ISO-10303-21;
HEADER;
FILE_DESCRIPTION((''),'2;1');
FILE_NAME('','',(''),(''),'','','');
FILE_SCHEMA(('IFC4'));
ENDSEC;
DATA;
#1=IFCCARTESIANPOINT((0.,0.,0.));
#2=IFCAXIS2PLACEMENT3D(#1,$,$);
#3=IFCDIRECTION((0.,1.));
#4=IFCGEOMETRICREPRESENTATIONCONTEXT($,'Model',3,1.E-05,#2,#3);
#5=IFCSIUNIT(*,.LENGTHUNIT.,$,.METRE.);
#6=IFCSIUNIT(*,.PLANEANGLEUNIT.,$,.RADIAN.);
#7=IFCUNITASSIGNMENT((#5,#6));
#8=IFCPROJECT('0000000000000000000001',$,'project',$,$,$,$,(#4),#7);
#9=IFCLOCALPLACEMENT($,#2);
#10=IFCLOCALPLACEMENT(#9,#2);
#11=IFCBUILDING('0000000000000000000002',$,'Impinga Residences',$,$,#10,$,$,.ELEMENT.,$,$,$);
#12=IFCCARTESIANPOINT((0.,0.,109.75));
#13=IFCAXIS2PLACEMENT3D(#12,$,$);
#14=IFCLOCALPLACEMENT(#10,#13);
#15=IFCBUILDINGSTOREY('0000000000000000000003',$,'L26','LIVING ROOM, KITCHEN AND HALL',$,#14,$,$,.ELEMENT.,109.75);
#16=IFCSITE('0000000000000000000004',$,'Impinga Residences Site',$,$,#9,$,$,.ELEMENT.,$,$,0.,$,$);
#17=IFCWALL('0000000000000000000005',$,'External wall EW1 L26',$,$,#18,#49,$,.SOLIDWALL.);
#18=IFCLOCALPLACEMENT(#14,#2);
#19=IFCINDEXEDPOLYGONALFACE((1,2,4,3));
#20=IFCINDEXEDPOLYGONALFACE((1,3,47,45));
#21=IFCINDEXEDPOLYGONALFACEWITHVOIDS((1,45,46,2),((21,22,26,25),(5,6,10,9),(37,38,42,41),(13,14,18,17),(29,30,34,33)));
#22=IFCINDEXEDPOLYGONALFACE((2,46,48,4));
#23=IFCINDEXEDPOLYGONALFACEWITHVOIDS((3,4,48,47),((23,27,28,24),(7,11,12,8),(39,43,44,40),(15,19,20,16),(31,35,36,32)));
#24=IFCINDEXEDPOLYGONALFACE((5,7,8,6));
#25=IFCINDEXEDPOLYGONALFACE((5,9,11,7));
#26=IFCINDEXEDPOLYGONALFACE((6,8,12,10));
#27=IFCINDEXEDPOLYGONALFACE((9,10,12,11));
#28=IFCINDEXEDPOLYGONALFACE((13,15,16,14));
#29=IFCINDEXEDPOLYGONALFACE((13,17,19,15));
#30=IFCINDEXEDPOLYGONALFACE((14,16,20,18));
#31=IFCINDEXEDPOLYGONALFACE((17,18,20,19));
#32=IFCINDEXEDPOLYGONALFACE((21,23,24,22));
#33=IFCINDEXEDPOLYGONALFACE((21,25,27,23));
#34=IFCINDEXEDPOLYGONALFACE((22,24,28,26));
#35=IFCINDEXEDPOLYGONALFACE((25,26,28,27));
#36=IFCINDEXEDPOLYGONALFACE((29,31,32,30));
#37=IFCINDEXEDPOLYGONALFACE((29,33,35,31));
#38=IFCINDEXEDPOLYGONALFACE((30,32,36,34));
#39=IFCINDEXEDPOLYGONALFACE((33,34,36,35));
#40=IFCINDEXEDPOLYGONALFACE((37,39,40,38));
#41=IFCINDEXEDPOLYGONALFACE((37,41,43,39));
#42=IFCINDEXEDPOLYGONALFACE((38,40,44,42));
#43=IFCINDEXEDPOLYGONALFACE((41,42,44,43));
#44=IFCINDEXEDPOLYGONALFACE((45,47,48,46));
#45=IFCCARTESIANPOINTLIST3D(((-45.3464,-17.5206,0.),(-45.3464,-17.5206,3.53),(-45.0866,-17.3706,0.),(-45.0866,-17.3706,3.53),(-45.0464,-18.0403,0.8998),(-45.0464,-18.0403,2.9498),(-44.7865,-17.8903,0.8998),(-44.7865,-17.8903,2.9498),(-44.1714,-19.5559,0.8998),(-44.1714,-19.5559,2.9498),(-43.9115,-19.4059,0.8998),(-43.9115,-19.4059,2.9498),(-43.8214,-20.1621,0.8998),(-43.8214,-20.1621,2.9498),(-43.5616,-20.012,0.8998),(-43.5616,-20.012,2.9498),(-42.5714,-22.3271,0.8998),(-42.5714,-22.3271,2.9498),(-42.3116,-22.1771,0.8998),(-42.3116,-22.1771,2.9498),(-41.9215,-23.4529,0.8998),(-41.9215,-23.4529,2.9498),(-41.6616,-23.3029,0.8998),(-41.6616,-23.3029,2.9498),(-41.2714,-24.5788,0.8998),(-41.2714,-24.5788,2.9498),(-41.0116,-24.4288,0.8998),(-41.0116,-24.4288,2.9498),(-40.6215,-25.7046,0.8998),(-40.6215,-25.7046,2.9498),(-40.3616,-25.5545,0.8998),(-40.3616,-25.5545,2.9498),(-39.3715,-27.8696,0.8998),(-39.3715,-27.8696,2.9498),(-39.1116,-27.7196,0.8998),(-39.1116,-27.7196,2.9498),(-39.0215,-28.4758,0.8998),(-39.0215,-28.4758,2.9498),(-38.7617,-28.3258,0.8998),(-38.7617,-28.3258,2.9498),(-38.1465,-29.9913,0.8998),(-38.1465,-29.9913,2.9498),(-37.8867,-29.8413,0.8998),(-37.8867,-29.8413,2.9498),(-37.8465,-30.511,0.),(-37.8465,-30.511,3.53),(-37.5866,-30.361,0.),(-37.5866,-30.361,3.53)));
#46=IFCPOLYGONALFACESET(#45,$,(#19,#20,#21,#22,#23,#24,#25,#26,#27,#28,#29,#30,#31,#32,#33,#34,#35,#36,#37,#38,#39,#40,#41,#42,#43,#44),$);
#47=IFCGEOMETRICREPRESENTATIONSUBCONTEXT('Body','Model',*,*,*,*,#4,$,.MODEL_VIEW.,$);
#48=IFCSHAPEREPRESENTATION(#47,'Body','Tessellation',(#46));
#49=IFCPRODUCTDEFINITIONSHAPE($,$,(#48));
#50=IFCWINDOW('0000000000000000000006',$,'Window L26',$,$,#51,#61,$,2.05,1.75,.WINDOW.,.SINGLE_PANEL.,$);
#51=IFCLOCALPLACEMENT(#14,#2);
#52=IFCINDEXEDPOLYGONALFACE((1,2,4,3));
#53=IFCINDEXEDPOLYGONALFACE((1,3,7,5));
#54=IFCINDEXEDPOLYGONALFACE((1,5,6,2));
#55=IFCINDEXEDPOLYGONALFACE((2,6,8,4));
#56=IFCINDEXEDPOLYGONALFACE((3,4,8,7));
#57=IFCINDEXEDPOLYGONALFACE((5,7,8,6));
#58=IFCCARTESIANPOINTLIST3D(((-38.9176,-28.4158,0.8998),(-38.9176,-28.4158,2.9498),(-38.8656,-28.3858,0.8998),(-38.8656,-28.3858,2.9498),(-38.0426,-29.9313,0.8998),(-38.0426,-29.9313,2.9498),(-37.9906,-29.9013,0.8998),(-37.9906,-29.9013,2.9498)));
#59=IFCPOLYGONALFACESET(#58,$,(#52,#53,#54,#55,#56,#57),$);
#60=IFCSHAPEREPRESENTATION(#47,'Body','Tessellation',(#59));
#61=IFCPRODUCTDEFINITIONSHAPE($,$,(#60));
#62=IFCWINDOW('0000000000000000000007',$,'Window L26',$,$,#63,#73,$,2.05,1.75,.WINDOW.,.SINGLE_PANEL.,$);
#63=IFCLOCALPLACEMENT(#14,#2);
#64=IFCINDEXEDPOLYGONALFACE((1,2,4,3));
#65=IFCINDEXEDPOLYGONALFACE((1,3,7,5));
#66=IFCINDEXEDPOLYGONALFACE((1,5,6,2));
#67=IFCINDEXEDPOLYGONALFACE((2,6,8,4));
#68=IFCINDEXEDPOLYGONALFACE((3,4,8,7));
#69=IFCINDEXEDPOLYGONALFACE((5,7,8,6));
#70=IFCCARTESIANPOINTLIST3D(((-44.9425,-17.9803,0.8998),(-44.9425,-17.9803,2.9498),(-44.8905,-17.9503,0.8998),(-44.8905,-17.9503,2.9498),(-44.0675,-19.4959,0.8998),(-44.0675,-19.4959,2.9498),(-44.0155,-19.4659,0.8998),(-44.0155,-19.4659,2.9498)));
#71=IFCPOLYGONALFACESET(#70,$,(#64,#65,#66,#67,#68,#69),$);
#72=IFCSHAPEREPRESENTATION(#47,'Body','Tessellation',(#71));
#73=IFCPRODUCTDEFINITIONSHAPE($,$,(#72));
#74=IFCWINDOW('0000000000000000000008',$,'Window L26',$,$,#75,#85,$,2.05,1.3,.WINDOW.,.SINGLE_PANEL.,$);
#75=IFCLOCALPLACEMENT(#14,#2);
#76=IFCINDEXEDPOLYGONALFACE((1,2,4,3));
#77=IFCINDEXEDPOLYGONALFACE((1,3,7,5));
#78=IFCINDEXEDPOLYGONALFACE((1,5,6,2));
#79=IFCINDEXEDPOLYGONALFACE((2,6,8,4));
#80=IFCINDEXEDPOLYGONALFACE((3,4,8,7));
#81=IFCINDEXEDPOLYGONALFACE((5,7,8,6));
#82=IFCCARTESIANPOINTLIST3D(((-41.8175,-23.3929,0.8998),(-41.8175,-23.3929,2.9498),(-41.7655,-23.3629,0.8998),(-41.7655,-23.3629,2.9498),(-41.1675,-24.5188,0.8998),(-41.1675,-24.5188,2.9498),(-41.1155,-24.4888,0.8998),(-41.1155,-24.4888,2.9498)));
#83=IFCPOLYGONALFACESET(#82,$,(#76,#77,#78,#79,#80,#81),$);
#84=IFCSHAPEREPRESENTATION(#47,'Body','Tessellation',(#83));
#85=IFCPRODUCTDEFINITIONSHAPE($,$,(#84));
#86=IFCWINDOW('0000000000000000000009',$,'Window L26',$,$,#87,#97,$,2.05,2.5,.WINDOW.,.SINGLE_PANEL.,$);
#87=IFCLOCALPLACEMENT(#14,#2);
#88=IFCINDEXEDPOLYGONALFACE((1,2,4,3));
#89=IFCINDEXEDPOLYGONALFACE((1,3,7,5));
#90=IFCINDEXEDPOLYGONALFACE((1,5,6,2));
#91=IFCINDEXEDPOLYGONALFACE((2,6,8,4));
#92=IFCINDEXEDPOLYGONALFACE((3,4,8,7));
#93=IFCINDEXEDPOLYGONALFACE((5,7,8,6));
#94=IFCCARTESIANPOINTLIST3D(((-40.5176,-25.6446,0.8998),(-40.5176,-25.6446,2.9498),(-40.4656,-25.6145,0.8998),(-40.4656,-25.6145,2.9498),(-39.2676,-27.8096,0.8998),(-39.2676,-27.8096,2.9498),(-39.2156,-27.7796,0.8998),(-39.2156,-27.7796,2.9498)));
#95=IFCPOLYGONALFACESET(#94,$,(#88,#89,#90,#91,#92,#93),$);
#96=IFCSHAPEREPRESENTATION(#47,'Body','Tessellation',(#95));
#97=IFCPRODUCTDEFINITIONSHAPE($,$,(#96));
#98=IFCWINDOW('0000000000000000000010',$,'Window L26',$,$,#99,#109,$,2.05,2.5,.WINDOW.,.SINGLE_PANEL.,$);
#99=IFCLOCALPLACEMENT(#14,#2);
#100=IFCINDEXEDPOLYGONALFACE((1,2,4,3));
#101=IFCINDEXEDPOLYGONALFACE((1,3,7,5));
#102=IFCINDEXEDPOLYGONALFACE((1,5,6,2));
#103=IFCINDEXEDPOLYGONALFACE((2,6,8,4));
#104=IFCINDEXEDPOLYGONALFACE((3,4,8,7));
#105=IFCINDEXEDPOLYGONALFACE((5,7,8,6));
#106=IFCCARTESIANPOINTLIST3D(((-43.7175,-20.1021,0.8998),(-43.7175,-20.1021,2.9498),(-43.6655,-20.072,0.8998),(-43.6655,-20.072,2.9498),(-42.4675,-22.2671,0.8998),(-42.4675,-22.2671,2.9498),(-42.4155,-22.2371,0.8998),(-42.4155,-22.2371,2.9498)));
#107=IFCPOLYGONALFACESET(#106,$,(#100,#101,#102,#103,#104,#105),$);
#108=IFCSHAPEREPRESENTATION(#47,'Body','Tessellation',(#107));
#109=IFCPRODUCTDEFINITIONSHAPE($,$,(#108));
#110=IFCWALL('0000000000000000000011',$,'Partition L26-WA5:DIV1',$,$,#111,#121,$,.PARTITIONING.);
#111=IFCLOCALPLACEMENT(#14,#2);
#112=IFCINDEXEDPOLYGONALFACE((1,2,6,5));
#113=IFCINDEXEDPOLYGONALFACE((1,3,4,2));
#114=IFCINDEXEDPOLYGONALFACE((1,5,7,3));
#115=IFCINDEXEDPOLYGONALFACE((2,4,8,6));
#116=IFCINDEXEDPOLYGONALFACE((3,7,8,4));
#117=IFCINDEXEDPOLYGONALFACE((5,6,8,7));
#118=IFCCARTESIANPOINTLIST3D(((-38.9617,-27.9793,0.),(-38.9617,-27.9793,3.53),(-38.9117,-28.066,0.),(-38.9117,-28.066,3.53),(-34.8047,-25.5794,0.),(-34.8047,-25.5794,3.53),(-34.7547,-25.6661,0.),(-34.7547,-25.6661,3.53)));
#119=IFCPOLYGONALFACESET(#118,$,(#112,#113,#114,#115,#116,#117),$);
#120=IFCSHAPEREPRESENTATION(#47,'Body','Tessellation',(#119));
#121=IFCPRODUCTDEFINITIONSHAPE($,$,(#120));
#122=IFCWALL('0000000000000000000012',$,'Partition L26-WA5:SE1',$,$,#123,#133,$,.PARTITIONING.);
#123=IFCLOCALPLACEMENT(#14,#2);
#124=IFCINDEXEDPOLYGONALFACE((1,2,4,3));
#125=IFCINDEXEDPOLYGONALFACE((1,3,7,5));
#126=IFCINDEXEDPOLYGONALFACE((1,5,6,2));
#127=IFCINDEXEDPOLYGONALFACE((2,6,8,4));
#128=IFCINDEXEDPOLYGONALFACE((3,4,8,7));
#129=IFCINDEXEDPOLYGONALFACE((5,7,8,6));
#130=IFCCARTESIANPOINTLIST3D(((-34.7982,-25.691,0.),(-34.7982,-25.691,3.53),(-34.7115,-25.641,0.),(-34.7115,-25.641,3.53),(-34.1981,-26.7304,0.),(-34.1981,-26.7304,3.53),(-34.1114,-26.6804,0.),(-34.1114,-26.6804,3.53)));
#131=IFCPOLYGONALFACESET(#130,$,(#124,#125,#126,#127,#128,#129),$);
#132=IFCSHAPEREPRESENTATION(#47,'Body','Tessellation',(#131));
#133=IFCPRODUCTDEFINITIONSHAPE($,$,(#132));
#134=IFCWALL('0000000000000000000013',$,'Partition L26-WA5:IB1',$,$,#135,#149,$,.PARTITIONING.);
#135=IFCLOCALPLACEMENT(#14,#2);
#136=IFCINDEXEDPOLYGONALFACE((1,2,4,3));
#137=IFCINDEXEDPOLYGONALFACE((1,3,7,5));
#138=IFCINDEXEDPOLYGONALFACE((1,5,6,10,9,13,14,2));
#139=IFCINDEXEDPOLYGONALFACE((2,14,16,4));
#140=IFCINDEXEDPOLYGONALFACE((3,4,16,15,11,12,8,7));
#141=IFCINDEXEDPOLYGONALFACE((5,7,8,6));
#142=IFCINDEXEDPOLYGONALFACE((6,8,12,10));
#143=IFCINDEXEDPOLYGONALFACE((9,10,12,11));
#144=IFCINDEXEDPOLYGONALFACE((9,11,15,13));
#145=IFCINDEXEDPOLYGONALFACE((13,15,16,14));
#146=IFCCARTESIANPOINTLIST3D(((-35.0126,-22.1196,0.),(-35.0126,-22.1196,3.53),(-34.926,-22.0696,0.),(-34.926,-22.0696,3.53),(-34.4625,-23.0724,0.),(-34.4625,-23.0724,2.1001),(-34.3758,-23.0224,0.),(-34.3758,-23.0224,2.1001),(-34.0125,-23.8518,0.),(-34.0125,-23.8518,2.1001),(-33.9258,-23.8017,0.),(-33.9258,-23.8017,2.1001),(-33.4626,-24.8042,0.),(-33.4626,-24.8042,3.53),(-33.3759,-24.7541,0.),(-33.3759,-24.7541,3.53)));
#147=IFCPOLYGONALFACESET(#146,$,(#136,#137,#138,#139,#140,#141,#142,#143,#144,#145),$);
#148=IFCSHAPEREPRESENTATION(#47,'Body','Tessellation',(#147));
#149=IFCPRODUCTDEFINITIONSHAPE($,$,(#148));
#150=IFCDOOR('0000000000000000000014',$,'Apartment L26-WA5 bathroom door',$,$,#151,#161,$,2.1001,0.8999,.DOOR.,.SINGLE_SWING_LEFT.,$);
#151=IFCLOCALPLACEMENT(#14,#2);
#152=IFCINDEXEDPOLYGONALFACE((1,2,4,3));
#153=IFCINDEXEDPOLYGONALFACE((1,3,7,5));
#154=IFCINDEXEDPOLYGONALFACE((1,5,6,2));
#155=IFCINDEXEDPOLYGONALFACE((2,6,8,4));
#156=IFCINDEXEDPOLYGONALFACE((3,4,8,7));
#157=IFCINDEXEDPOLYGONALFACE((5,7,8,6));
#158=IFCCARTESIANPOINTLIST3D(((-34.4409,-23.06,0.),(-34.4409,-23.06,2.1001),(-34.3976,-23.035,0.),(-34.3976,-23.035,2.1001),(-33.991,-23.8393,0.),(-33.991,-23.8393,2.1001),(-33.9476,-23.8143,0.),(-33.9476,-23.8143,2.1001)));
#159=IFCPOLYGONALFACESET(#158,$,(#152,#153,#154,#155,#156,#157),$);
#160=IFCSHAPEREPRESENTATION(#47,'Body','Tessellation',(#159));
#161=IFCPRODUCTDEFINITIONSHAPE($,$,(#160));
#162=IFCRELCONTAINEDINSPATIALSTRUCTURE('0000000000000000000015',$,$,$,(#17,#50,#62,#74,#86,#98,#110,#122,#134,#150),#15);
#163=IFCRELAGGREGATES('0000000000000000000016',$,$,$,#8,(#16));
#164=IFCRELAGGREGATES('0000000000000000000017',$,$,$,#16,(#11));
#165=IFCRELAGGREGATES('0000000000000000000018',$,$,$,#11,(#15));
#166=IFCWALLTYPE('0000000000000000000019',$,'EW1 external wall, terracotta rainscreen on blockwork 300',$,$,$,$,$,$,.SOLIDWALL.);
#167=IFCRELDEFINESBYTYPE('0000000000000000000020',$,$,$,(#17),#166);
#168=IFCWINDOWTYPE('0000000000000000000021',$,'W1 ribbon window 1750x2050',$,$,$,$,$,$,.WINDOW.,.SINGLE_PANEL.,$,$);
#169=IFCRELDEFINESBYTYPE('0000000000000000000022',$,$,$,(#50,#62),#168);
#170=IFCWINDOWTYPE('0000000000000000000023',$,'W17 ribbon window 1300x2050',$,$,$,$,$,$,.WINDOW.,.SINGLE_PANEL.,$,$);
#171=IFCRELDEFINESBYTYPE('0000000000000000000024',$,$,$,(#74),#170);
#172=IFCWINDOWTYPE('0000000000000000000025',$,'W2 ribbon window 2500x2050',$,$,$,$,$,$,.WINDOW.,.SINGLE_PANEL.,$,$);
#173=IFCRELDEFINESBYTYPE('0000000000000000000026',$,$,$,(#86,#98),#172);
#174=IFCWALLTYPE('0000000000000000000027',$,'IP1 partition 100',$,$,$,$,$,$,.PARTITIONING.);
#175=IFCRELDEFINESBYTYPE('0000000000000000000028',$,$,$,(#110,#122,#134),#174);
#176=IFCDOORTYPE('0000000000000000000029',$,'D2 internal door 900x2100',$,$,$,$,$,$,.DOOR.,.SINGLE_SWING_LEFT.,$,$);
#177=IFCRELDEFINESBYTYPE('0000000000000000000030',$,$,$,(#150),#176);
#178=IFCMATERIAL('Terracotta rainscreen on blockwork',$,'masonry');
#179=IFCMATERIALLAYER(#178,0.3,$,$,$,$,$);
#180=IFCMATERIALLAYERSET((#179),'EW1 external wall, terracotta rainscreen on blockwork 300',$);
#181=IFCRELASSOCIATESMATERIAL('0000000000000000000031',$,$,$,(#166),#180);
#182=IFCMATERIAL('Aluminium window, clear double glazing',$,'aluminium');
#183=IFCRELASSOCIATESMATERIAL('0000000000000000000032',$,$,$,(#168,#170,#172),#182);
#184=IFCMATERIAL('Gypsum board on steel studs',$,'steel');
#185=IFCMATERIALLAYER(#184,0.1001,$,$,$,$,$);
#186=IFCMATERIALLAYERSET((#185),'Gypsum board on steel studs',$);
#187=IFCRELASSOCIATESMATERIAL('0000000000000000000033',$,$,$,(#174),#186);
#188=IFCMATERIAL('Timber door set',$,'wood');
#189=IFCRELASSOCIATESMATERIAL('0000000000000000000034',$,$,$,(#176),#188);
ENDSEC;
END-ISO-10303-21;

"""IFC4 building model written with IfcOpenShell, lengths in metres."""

from ifc_helpers import new_model, si_unit, direction, frame, frame_2d, origin, place, context, subcontext, project, spatial, rectangle, extrude, material, layer, layer_set, type_object, element, fill, save


model = new_model("IFC4")

# Units and contexts
model_context = context("Model", 3, precision=1e-05, world=origin(), true_north=direction((0.0, 1.0)))
body_context = subcontext(model_context, "Body", "Model", "MODEL_VIEW")
ifc_project = project(units=[si_unit("LENGTHUNIT", "METRE"), si_unit("PLANEANGLEUNIT", "RADIAN")], contexts=[model_context])

# Site, building, storey
site_placement = place(None, origin())
site = spatial("IfcSite", under=ifc_project, at=site_placement, Name="Impinga Residences Site", CompositionType="ELEMENT", RefElevation=0.0)
building_placement = place(site_placement, origin())
building = spatial("IfcBuilding", under=site, at=building_placement, Name="Impinga Residences", CompositionType="ELEMENT")
storey_placement = place(building_placement, frame((0.0, 0.0, 109.75)))
storey = spatial("IfcBuildingStorey", under=building, at=storey_placement, Name="L26", Description="LIVING ROOM, KITCHEN AND HALL", CompositionType="ELEMENT", Elevation=109.75)

# Shared definitions
ifc_material_1 = material(Name="Terracotta rainscreen on blockwork", Category="masonry")
ifc_layer_1 = layer(ifc_material_1, 0.3)
ifc_layer_set_1 = layer_set([ifc_layer_1], Name="EW1 external wall, terracotta rainscreen on blockwork 300")
wall_type_1 = type_object("IfcWallType", Name="EW1 external wall, terracotta rainscreen on blockwork 300", PredefinedType="SOLIDWALL", material=ifc_layer_set_1)

# Wall, openings, windows
wall_1_placement = place(storey_placement, frame((-37.7166, -30.436, 0.0), z_axis=(0.0, 0.0, 1.0), x_axis=(-0.499997, 0.866027, 0.0)))
wall_1 = element("IfcWall", 1, at=wall_1_placement, inside=storey, type_object=wall_type_1, Name="External wall EW1 L26", PredefinedType="SOLIDWALL", context=body_context, shape_type="SweptSolid", body=[
    extrude(rectangle(XDim=15.0, YDim=0.3, at=frame_2d((7.5, 0.0))), origin(), (0.0, 0.0, 1.0), 3.53),
])
opening_1_placement = place(wall_1_placement, frame((0.6001, 0.0, 0.8999)))
opening_1 = element("IfcOpeningElement", 2, at=opening_1_placement, cuts=wall_1, PredefinedType="OPENING", context=body_context, shape_type="SweptSolid", body=[
    extrude(rectangle(XDim=1.75, YDim=2.05, at=frame_2d((0.875, 1.0249))), frame((0.0, 0.1599, 0.0), z_axis=(0.0, -1.0, 0.0), x_axis=(1.0, 0.0, 0.0)), (0.0, 0.0, 1.0), 0.3201),
])
opening_2_placement = place(wall_1_placement, frame((3.05, 0.0, 0.8999)))
opening_2 = element("IfcOpeningElement", 3, at=opening_2_placement, cuts=wall_1, PredefinedType="OPENING", context=body_context, shape_type="SweptSolid", body=[
    extrude(rectangle(XDim=2.5, YDim=2.05, at=frame_2d((1.25, 1.0249))), frame((0.0, 0.1599, 0.0), z_axis=(0.0, -1.0, 0.0), x_axis=(1.0, 0.0, 0.0)), (0.0, 0.0, 1.0), 0.3201),
])
opening_3_placement = place(wall_1_placement, frame((6.8501, 0.0, 0.8999)))
opening_3 = element("IfcOpeningElement", 4, at=opening_3_placement, cuts=wall_1, PredefinedType="OPENING", context=body_context, shape_type="SweptSolid", body=[
    extrude(rectangle(XDim=1.3, YDim=2.05, at=frame_2d((0.6499, 1.0249))), frame((0.0, 0.1599, 0.0), z_axis=(0.0, -1.0, 0.0), x_axis=(1.0, 0.0, 0.0)), (0.0, 0.0, 1.0), 0.3201),
])
opening_4_placement = place(wall_1_placement, frame((9.45, 0.0, 0.8999)))
opening_4 = element("IfcOpeningElement", 5, at=opening_4_placement, cuts=wall_1, PredefinedType="OPENING", context=body_context, shape_type="SweptSolid", body=[
    extrude(rectangle(XDim=2.5, YDim=2.05, at=frame_2d((1.25, 1.0249))), frame((0.0, 0.1599, 0.0), z_axis=(0.0, -1.0, 0.0), x_axis=(1.0, 0.0, 0.0)), (0.0, 0.0, 1.0), 0.3201),
])
opening_5_placement = place(wall_1_placement, frame((12.6499, 0.0, 0.8999)))
opening_5 = element("IfcOpeningElement", 6, at=opening_5_placement, cuts=wall_1, PredefinedType="OPENING", context=body_context, shape_type="SweptSolid", body=[
    extrude(rectangle(XDim=1.75, YDim=2.05, at=frame_2d((0.875, 1.0249))), frame((0.0, 0.1599, 0.0), z_axis=(0.0, -1.0, 0.0), x_axis=(1.0, 0.0, 0.0)), (0.0, 0.0, 1.0), 0.3201),
])
ifc_material_2 = material(Name="Aluminium window, clear double glazing", Category="aluminium")
window_type_1 = type_object("IfcWindowType", Name="W1 ribbon window 1750x2050", PartitioningType="SINGLE_PANEL", PredefinedType="WINDOW", material=ifc_material_2)
window_1_placement = place(opening_1_placement, origin())
window_1 = element("IfcWindow", 7, at=window_1_placement, inside=storey, type_object=window_type_1, Name="Window L26", OverallHeight=2.05, OverallWidth=1.75, PartitioningType="SINGLE_PANEL", PredefinedType="WINDOW", context=body_context, shape_type="SweptSolid", body=[
    extrude(rectangle(XDim=1.75, YDim=2.05, at=frame_2d((0.875, 1.0249))), frame((0.0, 0.03, 0.0), z_axis=(0.0, -1.0, 0.0), x_axis=(1.0, 0.0, 0.0)), (0.0, 0.0, 1.0), 0.0601),
])
fill(opening_1, window_1)
window_2_placement = place(opening_5_placement, origin())
window_2 = element("IfcWindow", 8, at=window_2_placement, inside=storey, type_object=window_type_1, Name="Window L26", OverallHeight=2.05, OverallWidth=1.75, PartitioningType="SINGLE_PANEL", PredefinedType="WINDOW", context=body_context, shape_type="SweptSolid", body=[
    extrude(rectangle(XDim=1.75, YDim=2.05, at=frame_2d((0.875, 1.0249))), frame((0.0, 0.03, 0.0), z_axis=(0.0, -1.0, 0.0), x_axis=(1.0, 0.0, 0.0)), (0.0, 0.0, 1.0), 0.0601),
])
fill(opening_5, window_2)
window_type_2 = type_object("IfcWindowType", Name="W17 ribbon window 1300x2050", PartitioningType="SINGLE_PANEL", PredefinedType="WINDOW", material=ifc_material_2)
window_3_placement = place(opening_3_placement, origin())
window_3 = element("IfcWindow", 9, at=window_3_placement, inside=storey, type_object=window_type_2, Name="Window L26", OverallHeight=2.05, OverallWidth=1.3, PartitioningType="SINGLE_PANEL", PredefinedType="WINDOW", context=body_context, shape_type="SweptSolid", body=[
    extrude(rectangle(XDim=1.3, YDim=2.05, at=frame_2d((0.6499, 1.0249))), frame((0.0, 0.03, 0.0), z_axis=(0.0, -1.0, 0.0), x_axis=(1.0, 0.0, 0.0)), (0.0, 0.0, 1.0), 0.0601),
])
fill(opening_3, window_3)
window_type_3 = type_object("IfcWindowType", Name="W2 ribbon window 2500x2050", PartitioningType="SINGLE_PANEL", PredefinedType="WINDOW", material=ifc_material_2)
window_4_placement = place(opening_2_placement, origin())
window_4 = element("IfcWindow", 10, at=window_4_placement, inside=storey, type_object=window_type_3, Name="Window L26", OverallHeight=2.05, OverallWidth=2.5, PartitioningType="SINGLE_PANEL", PredefinedType="WINDOW", context=body_context, shape_type="SweptSolid", body=[
    extrude(rectangle(XDim=2.5, YDim=2.05, at=frame_2d((1.25, 1.0249))), frame((0.0, 0.03, 0.0), z_axis=(0.0, -1.0, 0.0), x_axis=(1.0, 0.0, 0.0)), (0.0, 0.0, 1.0), 0.0601),
])
fill(opening_2, window_4)
window_5_placement = place(opening_4_placement, origin())
window_5 = element("IfcWindow", 11, at=window_5_placement, inside=storey, type_object=window_type_3, Name="Window L26", OverallHeight=2.05, OverallWidth=2.5, PartitioningType="SINGLE_PANEL", PredefinedType="WINDOW", context=body_context, shape_type="SweptSolid", body=[
    extrude(rectangle(XDim=2.5, YDim=2.05, at=frame_2d((1.25, 1.0249))), frame((0.0, 0.03, 0.0), z_axis=(0.0, -1.0, 0.0), x_axis=(1.0, 0.0, 0.0)), (0.0, 0.0, 1.0), 0.0601),
])
fill(opening_4, window_5)

# Walls
ifc_material_3 = material(Name="Gypsum board on steel studs", Category="steel")
ifc_layer_2 = layer(ifc_material_3, 0.1001)
ifc_layer_set_2 = layer_set([ifc_layer_2], Name="Gypsum board on steel studs")
wall_type_2 = type_object("IfcWallType", Name="IP1 partition 100", PredefinedType="PARTITIONING", material=ifc_layer_set_2)
wall_2_placement = place(storey_placement, frame((-34.7798, -25.6228, 0.0), z_axis=(0.0, 0.0, 1.0), x_axis=(-0.866037, -0.499979, 0.0)))
element("IfcWall", 12, at=wall_2_placement, inside=storey, type_object=wall_type_2, Name="Partition L26-WA5:DIV1", PredefinedType="PARTITIONING", context=body_context, shape_type="SweptSolid", body=[
    extrude(rectangle(XDim=4.8, YDim=0.1001, at=frame_2d((2.3999, 0.0))), origin(), (0.0, 0.0, 1.0), 3.53),
])
wall_3_placement = place(storey_placement, frame((-34.7549, -25.666, 0.0), z_axis=(0.0, 0.0, 1.0), x_axis=(0.500034, -0.866006, 0.0)))
element("IfcWall", 13, at=wall_3_placement, inside=storey, type_object=wall_type_2, Name="Partition L26-WA5:SE1", PredefinedType="PARTITIONING", context=body_context, shape_type="SweptSolid", body=[
    extrude(rectangle(XDim=1.2002, YDim=0.1001, at=frame_2d((0.6001, 0.0))), origin(), (0.0, 0.0, 1.0), 3.53),
])

# Wall, opening, door
wall_4_placement = place(storey_placement, frame((-34.9692, -22.0947, 0.0), z_axis=(0.0, 0.0, 1.0), x_axis=(0.500027, -0.86601, 0.0)))
wall_4 = element("IfcWall", 14, at=wall_4_placement, inside=storey, type_object=wall_type_2, Name="Partition L26-WA5:IB1", PredefinedType="PARTITIONING", context=body_context, shape_type="SweptSolid", body=[
    extrude(rectangle(XDim=3.0999, YDim=0.1001, at=frame_2d((1.5498, 0.0))), origin(), (0.0, 0.0, 1.0), 3.53),
])
opening_6_placement = place(wall_4_placement, frame((1.1001, 0.0, 0.0)))
opening_6 = element("IfcOpeningElement", 15, at=opening_6_placement, cuts=wall_4, PredefinedType="OPENING", context=body_context, shape_type="SweptSolid", body=[
    extrude(rectangle(XDim=0.8999, YDim=2.1001, at=frame_2d((0.45, 1.05))), frame((0.0, 0.0601, 0.0), z_axis=(0.0, -1.0, 0.0), x_axis=(1.0, 0.0, 0.0)), (0.0, 0.0, 1.0), 0.1201),
])
ifc_material_4 = material(Name="Timber door set", Category="wood")
door_type = type_object("IfcDoorType", Name="D2 internal door 900x2100", OperationType="SINGLE_SWING_LEFT", PredefinedType="DOOR", material=ifc_material_4)
door_placement = place(opening_6_placement, origin())
door = element("IfcDoor", 16, at=door_placement, inside=storey, type_object=door_type, Name="Apartment L26-WA5 bathroom door", OperationType="SINGLE_SWING_LEFT", OverallHeight=2.1001, OverallWidth=0.8999, PredefinedType="DOOR", context=body_context, shape_type="SweptSolid", body=[
    extrude(rectangle(XDim=0.8999, YDim=2.1001, at=frame_2d((0.45, 1.05))), frame((0.0, 0.0249, 0.0), z_axis=(0.0, -1.0, 0.0), x_axis=(1.0, 0.0, 0.0)), (0.0, 0.0, 1.0), 0.05),
])
fill(opening_6, door)

save(model, "model.ifc")
